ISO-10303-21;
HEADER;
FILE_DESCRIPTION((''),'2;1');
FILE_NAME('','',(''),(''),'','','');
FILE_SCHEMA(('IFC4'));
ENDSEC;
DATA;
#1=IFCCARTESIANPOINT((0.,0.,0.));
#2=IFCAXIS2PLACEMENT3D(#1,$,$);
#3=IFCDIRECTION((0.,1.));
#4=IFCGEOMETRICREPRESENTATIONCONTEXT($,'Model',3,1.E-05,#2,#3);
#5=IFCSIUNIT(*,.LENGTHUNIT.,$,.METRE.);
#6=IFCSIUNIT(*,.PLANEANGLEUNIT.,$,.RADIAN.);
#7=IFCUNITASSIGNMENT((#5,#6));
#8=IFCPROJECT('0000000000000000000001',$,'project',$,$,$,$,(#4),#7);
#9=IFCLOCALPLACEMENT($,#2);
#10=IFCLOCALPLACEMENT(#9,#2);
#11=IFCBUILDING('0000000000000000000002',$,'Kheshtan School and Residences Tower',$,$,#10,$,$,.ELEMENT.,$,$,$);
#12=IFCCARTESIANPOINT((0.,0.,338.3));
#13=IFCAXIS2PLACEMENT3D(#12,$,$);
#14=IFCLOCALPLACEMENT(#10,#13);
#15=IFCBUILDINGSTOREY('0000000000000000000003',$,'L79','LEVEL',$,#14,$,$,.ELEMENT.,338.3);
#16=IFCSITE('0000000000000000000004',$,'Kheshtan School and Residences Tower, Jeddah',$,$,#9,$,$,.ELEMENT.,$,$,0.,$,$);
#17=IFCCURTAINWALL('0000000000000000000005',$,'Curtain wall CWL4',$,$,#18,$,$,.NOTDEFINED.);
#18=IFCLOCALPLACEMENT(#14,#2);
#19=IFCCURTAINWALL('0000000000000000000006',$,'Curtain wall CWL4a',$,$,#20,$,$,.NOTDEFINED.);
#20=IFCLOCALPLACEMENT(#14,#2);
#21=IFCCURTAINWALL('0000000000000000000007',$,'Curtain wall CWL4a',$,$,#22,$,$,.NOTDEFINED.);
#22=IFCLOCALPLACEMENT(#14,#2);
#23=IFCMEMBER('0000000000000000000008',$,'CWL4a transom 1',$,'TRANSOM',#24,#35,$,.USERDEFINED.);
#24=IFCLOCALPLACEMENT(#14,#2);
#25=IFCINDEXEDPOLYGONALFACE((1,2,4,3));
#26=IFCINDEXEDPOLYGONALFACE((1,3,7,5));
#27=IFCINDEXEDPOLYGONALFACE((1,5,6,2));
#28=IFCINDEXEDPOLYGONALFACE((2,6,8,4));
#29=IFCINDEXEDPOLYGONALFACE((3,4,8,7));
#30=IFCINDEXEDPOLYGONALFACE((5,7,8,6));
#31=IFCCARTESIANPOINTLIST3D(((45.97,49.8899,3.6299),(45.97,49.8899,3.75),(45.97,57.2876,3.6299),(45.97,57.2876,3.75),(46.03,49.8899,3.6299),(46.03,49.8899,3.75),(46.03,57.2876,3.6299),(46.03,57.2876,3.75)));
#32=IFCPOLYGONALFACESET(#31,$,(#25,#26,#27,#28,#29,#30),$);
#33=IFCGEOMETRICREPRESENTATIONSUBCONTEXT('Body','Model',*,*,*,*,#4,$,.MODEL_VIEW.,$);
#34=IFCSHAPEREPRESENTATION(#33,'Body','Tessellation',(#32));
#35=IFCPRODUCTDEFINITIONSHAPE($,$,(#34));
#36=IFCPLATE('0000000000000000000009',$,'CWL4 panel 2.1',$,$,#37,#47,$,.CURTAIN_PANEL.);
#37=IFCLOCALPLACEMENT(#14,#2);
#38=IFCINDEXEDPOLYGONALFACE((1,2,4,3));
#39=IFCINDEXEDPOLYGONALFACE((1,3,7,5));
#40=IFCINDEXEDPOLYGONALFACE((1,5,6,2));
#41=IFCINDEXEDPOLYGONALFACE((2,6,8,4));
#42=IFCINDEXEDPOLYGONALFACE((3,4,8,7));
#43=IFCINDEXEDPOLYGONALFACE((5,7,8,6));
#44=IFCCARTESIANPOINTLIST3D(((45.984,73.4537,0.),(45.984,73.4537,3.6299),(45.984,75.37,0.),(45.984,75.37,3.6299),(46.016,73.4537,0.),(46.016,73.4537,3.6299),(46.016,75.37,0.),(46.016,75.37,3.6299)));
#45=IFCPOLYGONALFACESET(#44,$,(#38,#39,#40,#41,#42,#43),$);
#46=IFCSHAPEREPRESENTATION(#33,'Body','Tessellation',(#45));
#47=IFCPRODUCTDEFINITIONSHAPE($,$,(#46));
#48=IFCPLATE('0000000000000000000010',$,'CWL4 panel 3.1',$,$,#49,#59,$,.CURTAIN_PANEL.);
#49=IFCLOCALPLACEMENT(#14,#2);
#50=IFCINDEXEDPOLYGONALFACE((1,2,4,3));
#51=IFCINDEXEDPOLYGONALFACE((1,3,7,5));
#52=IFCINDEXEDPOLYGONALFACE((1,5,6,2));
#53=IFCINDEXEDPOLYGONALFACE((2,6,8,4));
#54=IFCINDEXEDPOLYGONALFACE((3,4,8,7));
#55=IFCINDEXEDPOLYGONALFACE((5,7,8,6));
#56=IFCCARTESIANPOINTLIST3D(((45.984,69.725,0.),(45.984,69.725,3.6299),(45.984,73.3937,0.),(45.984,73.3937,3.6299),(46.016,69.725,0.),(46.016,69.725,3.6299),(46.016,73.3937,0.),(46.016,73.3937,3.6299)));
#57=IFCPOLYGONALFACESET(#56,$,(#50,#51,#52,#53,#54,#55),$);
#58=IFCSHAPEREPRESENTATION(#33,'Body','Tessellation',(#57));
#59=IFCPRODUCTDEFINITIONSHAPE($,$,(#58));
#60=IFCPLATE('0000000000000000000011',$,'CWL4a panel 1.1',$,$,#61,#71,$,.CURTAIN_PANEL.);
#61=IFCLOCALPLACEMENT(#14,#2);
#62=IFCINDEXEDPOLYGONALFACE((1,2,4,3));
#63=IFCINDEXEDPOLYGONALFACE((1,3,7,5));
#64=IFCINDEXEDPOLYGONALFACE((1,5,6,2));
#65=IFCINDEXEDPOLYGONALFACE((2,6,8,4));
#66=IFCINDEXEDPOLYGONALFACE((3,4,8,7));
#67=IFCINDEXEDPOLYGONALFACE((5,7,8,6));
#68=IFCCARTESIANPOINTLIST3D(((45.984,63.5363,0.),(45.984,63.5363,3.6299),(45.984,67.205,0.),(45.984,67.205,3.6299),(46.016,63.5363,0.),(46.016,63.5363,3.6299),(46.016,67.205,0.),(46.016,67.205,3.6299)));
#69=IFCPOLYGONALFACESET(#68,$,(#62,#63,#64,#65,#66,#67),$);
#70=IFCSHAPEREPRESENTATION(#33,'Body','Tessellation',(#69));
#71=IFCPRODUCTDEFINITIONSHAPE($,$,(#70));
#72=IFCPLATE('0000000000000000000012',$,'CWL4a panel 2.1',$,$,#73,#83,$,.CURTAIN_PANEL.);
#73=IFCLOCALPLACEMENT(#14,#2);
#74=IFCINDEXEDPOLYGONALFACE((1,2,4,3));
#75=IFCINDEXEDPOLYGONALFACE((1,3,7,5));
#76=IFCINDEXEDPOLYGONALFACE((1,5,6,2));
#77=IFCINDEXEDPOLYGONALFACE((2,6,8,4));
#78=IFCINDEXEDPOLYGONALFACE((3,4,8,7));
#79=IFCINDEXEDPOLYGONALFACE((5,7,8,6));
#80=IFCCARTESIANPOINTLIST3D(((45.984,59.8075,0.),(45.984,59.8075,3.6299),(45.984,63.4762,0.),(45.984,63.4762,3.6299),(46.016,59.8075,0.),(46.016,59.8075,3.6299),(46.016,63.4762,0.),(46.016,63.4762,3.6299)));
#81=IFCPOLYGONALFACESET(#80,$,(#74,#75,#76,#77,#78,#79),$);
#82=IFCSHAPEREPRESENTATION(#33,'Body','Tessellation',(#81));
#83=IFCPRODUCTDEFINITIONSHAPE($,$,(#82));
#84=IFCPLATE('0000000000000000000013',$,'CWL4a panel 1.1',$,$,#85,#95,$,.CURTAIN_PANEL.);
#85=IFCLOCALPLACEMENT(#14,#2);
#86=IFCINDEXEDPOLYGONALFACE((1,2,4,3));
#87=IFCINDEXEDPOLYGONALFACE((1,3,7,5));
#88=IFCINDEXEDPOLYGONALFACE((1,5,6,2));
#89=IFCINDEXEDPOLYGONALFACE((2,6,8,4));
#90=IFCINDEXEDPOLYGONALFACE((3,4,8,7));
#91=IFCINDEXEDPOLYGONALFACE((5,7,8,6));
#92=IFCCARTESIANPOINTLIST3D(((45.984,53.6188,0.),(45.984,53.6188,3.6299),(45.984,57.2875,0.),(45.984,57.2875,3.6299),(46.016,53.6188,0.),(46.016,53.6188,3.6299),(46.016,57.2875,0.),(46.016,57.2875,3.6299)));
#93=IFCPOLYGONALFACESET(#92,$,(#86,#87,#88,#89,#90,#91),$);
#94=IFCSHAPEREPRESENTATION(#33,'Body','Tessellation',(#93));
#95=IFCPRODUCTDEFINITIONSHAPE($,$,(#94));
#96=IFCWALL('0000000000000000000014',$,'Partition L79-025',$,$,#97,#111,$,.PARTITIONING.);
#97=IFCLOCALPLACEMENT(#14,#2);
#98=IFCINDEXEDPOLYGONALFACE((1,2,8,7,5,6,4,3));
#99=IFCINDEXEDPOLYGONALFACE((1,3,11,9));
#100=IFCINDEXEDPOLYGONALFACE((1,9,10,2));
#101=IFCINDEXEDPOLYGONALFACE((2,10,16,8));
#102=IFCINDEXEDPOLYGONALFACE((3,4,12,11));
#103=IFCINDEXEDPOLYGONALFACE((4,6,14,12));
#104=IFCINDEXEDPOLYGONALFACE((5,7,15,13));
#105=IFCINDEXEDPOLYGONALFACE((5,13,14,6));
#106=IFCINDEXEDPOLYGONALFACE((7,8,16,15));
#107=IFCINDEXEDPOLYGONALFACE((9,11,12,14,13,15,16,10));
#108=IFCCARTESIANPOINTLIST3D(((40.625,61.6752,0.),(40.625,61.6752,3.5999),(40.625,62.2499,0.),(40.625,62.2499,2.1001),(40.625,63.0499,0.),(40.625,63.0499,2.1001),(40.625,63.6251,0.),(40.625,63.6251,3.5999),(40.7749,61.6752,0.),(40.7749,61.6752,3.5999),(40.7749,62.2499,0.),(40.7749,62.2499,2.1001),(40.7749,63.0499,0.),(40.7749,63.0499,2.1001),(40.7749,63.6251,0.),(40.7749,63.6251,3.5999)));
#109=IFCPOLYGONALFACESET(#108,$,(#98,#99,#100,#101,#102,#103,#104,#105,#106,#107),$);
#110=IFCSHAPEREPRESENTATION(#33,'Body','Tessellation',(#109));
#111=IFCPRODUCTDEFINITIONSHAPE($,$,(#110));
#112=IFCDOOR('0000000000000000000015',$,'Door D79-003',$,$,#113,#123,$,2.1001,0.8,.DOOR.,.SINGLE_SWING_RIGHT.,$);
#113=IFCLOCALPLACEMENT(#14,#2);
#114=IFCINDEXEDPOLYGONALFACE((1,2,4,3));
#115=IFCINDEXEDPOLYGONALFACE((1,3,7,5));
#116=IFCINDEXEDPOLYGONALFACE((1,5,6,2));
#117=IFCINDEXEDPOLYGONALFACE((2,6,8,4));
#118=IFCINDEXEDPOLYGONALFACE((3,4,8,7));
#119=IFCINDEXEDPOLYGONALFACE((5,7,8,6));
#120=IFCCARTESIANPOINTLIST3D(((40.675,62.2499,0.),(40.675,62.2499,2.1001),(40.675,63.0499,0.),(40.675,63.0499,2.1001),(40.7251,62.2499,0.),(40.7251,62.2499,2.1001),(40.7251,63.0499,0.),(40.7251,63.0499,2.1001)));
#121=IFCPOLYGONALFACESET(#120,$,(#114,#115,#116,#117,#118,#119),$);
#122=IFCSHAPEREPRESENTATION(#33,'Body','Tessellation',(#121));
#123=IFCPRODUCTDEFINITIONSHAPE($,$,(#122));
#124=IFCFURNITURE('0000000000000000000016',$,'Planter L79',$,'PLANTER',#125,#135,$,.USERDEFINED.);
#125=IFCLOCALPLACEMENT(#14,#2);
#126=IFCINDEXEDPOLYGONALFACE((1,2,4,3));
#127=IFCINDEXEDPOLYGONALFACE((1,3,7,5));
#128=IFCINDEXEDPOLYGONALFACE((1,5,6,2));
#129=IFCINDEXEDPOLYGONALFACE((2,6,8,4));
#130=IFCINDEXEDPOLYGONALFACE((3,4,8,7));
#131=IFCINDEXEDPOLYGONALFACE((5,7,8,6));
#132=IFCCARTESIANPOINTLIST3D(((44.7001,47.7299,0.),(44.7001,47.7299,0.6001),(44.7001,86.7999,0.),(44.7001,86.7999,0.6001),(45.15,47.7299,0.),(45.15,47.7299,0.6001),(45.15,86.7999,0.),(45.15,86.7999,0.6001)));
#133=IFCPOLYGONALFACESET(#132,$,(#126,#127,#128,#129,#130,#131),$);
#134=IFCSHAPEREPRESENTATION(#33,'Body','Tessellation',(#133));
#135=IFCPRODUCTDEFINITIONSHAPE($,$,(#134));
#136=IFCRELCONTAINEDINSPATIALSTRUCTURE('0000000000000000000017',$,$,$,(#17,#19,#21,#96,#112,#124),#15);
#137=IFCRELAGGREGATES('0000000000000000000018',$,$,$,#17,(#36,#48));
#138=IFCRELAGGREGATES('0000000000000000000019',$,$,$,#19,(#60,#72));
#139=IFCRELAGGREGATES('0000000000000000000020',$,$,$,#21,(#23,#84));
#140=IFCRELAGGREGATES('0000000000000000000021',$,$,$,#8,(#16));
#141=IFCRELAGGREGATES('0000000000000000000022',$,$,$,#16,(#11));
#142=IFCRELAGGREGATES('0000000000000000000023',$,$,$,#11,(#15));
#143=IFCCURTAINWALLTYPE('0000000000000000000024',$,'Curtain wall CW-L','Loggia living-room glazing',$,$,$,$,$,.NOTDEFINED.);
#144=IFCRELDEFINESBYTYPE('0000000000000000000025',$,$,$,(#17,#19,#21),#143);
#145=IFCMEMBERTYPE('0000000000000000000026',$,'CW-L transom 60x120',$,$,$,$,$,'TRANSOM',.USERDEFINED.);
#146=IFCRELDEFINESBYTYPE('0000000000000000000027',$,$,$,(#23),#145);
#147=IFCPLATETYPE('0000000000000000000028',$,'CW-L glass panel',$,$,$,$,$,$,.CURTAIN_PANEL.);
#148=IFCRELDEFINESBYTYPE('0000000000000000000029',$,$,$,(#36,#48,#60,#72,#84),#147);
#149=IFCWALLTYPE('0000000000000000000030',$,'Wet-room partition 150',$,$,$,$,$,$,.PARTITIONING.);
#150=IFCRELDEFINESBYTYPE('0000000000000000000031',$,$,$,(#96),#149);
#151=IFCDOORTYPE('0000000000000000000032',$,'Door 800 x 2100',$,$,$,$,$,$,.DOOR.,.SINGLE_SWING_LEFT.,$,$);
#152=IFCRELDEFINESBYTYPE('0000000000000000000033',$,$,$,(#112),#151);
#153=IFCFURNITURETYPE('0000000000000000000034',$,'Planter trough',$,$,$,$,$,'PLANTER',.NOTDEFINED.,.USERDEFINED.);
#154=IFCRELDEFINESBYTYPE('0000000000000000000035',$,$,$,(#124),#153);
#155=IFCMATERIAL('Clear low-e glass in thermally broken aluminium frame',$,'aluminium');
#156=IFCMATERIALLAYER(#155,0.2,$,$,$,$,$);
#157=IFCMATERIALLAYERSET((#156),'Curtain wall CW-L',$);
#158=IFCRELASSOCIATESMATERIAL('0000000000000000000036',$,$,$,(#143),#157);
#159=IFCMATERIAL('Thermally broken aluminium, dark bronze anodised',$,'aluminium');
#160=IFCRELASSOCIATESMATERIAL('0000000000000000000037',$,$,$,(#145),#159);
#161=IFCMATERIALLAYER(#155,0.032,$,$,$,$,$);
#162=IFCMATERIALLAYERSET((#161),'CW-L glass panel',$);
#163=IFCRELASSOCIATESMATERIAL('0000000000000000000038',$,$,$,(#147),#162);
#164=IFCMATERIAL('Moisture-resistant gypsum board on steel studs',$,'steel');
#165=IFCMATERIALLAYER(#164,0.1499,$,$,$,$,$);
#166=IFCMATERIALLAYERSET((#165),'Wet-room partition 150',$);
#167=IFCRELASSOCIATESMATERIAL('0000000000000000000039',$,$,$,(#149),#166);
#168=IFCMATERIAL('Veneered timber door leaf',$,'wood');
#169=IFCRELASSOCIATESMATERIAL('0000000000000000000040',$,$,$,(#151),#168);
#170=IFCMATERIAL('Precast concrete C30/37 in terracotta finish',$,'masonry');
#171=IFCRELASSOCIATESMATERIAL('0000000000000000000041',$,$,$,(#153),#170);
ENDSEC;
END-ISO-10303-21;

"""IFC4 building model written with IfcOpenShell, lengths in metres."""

from ifc_helpers import new_model, si_unit, direction, frame, frame_2d, origin, origin_2d, place, context, subcontext, project, spatial, rectangle, extrude, source, transform, mapped, material, layer, layer_set, material_profile, profile_set, type_object, element, fill, aggregate, save


model = new_model("IFC4")

# Units and contexts
model_context = context("Model", 3, precision=1e-05, world=origin(), true_north=direction((0.0, 1.0)))
body_context = subcontext(model_context, "Body", "Model", "MODEL_VIEW")
ifc_project = project(units=[si_unit("LENGTHUNIT", "METRE"), si_unit("PLANEANGLEUNIT", "RADIAN")], contexts=[model_context])

# Site, building, storey
site_placement = place(None, origin())
site = spatial("IfcSite", under=ifc_project, at=site_placement, Name="Kheshtan School and Residences Tower, Jeddah", CompositionType="ELEMENT", RefElevation=0.0)
building_placement = place(site_placement, origin())
building = spatial("IfcBuilding", under=site, at=building_placement, Name="Kheshtan School and Residences Tower", CompositionType="ELEMENT")
storey_placement = place(building_placement, frame((0.0, 0.0, 338.3)))
storey = spatial("IfcBuildingStorey", under=building, at=storey_placement, Name="L79", Description="LEVEL", CompositionType="ELEMENT", Elevation=338.3)

# Curtain walls
ifc_material_1 = material(Name="Clear low-e glass in thermally broken aluminium frame", Category="aluminium")
ifc_layer_1 = layer(ifc_material_1, 0.2)
ifc_layer_set_1 = layer_set([ifc_layer_1], Name="Curtain wall CW-L")
curtain_wall_type = type_object("IfcCurtainWallType", Name="Curtain wall CW-L", Description="Loggia living-room glazing", PredefinedType="NOTDEFINED", material=ifc_layer_set_1)
curtain_wall_1_placement = place(storey_placement, origin())
curtain_wall_1 = element("IfcCurtainWall", 1, at=curtain_wall_1_placement, inside=storey, type_object=curtain_wall_type, Name="Curtain wall CWL4", PredefinedType="NOTDEFINED")
ifc_material_2 = material(Name="Thermally broken aluminium, dark bronze anodised", Category="aluminium")
curtain_wall_2_placement = place(storey_placement, origin())
curtain_wall_2 = element("IfcCurtainWall", 2, at=curtain_wall_2_placement, inside=storey, type_object=curtain_wall_type, Name="Curtain wall CWL4a", PredefinedType="NOTDEFINED")

# Curtain wall
curtain_wall_3_placement = place(storey_placement, origin())
curtain_wall_3 = element("IfcCurtainWall", 3, at=curtain_wall_3_placement, inside=storey, type_object=curtain_wall_type, Name="Curtain wall CWL4a", PredefinedType="NOTDEFINED")

# Member
ifc_material_profile_1 = material_profile(ifc_material_2, rectangle(XDim=0.0601, YDim=0.1201, at=origin_2d()), Name="CW-L transom 60x120")
ifc_profile_set_1 = profile_set([ifc_material_profile_1], Name="Thermally broken aluminium, dark bronze anodised")
member_type_1 = type_object("IfcMemberType", Name="CW-L transom 60x120", ElementType="TRANSOM", PredefinedType="USERDEFINED", material=ifc_profile_set_1)
member_1_placement = place(storey_placement, frame((46.0, 57.2876, 3.6899), z_axis=(0.0, -1.0, 0.0), x_axis=(1.0, 0.0, 0.0)))
member_1 = element("IfcMember", 4, at=member_1_placement, type_object=member_type_1, Name="CWL4a transom 1", ObjectType="TRANSOM", PredefinedType="USERDEFINED", context=body_context, shape_type="SweptSolid", body=[
    extrude(rectangle(XDim=0.0601, YDim=0.1201, at=origin_2d()), origin(), (0.0, 0.0, 1.0), 7.3977),
])

# Plates
ifc_layer_2 = layer(ifc_material_1, 0.032)
ifc_layer_set_2 = layer_set([ifc_layer_2], Name="CW-L glass panel")
plate_type = type_object("IfcPlateType", Name="CW-L glass panel", PredefinedType="CURTAIN_PANEL", material=ifc_layer_set_2)
plate_1_placement = place(storey_placement, frame((46.0, 74.4119, 0.0), z_axis=(0.0, 0.0, 1.0), x_axis=(0.0, -1.0, 0.0)))
plate_1 = element("IfcPlate", 5, at=plate_1_placement, type_object=plate_type, Name="CWL4 panel 2.1", PredefinedType="CURTAIN_PANEL", context=body_context, shape_type="SweptSolid", body=[
    extrude(rectangle(XDim=1.9163, YDim=0.032, at=origin_2d()), origin(), (0.0, 0.0, 1.0), 3.6299),
])
plate_2_placement = place(storey_placement, frame((46.0, 71.5593, 0.0), z_axis=(0.0, 0.0, 1.0), x_axis=(0.0, -1.0, 0.0)))
plate_2 = element("IfcPlate", 6, at=plate_2_placement, type_object=plate_type, Name="CWL4 panel 3.1", PredefinedType="CURTAIN_PANEL", context=body_context, shape_type="SweptSolid", body=[
    extrude(rectangle(XDim=3.6687, YDim=0.032, at=origin_2d()), origin(), (0.0, 0.0, 1.0), 3.6299),
])
aggregate(curtain_wall_1, [plate_1, plate_2])
plate_3_placement = place(storey_placement, frame((46.0, 65.3706, 0.0), z_axis=(0.0, 0.0, 1.0), x_axis=(0.0, -1.0, 0.0)))
plate_3 = element("IfcPlate", 7, at=plate_3_placement, type_object=plate_type, Name="CWL4a panel 1.1", PredefinedType="CURTAIN_PANEL", context=body_context, shape_type="SweptSolid", body=[
    extrude(rectangle(XDim=3.6687, YDim=0.032, at=origin_2d()), origin(), (0.0, 0.0, 1.0), 3.6299),
])
plate_4_placement = place(storey_placement, frame((46.0, 61.6418, 0.0), z_axis=(0.0, 0.0, 1.0), x_axis=(0.0, -1.0, 0.0)))
plate_4 = element("IfcPlate", 8, at=plate_4_placement, type_object=plate_type, Name="CWL4a panel 2.1", PredefinedType="CURTAIN_PANEL", context=body_context, shape_type="SweptSolid", body=[
    extrude(rectangle(XDim=3.6687, YDim=0.032, at=origin_2d()), origin(), (0.0, 0.0, 1.0), 3.6299),
])
aggregate(curtain_wall_2, [plate_3, plate_4])
plate_5_placement = place(storey_placement, frame((46.0, 55.4531, 0.0), z_axis=(0.0, 0.0, 1.0), x_axis=(0.0, -1.0, 0.0)))
plate_5 = element("IfcPlate", 9, at=plate_5_placement, type_object=plate_type, Name="CWL4a panel 1.1", PredefinedType="CURTAIN_PANEL", context=body_context, shape_type="SweptSolid", body=[
    extrude(rectangle(XDim=3.6687, YDim=0.032, at=origin_2d()), origin(), (0.0, 0.0, 1.0), 3.6299),
])
aggregate(curtain_wall_3, [member_1, plate_5])

# Wall, opening, door
ifc_material_3 = material(Name="Moisture-resistant gypsum board on steel studs", Category="steel")
ifc_layer_3 = layer(ifc_material_3, 0.1499)
ifc_layer_set_3 = layer_set([ifc_layer_3], Name="Wet-room partition 150")
wall_type_1 = type_object("IfcWallType", Name="Wet-room partition 150", PredefinedType="PARTITIONING", material=ifc_layer_set_3)
wall_1_placement = place(storey_placement, frame((40.7, 61.675, 0.0), z_axis=(0.0, 0.0, 1.0), x_axis=(0.0, 1.0, 0.0)))
wall_1 = element("IfcWall", 10, at=wall_1_placement, inside=storey, type_object=wall_type_1, Name="Partition L79-025", PredefinedType="PARTITIONING", context=body_context, shape_type="SweptSolid", body=[
    extrude(rectangle(XDim=1.95, YDim=0.1499, at=frame_2d((0.9751, 0.0))), origin(), (0.0, 0.0, 1.0), 3.5999),
])
opening_1_placement = place(wall_1_placement, frame((0.575, 0.0, 0.0)))
opening_1 = element("IfcOpeningElement", 11, at=opening_1_placement, cuts=wall_1, PredefinedType="OPENING", context=body_context, shape_type="SweptSolid", body=[
    extrude(rectangle(XDim=0.8, YDim=2.1001, at=frame_2d((0.3999, 1.05))), frame((0.0, 0.085, 0.0), z_axis=(0.0, -1.0, 0.0), x_axis=(1.0, 0.0, 0.0)), (0.0, 0.0, 1.0), 0.1699),
])
ifc_material_4 = material(Name="Veneered timber door leaf", Category="wood")
door_type_1 = type_object("IfcDoorType", Name="Door 800 x 2100", OperationType="SINGLE_SWING_LEFT", PredefinedType="DOOR", material=ifc_material_4)
shared_shape_1 = source(origin(), body_context, "Body", "SweptSolid", [
    extrude(rectangle(XDim=0.8, YDim=2.1001, at=frame_2d((0.3999, 1.05))), frame((0.0, 0.0249, 0.0), z_axis=(0.0, -1.0, 0.0), x_axis=(1.0, 0.0, 0.0)), (0.0, 0.0, 1.0), 0.05),
])
door_1_placement = place(opening_1_placement, origin())
door_1 = element("IfcDoor", 12, at=door_1_placement, inside=storey, type_object=door_type_1, Name="Door D79-003", OperationType="SINGLE_SWING_RIGHT", OverallHeight=2.1001, OverallWidth=0.8, PredefinedType="DOOR", context=body_context, shape_type="MappedRepresentation", body=[
    mapped(shared_shape_1, transform((0.0, 0.0, 0.0), x_axis=(1.0, 0.0, 0.0), y_axis=(0.0, 1.0, 0.0), z_axis=(0.0, 0.0, 1.0), scale=1.0)),
])
fill(opening_1, door_1)

# Furniture
ifc_material_5 = material(Name="Precast concrete C30/37 in terracotta finish", Category="masonry")
furniture_type = type_object("IfcFurnitureType", Name="Planter trough", ElementType="PLANTER", AssemblyPlace="NOTDEFINED", PredefinedType="USERDEFINED", material=ifc_material_5)
furniture_placement = place(storey_placement, frame((44.925, 67.2649, 0.0), z_axis=(0.0, 0.0, 1.0), x_axis=(0.0, -1.0, 0.0)))
element("IfcFurniture", 13, at=furniture_placement, inside=storey, type_object=furniture_type, Name="Planter L79", ObjectType="PLANTER", PredefinedType="USERDEFINED", context=body_context, shape_type="SweptSolid", body=[
    extrude(rectangle(XDim=39.0701, YDim=0.45, at=origin_2d()), origin(), (0.0, 0.0, 1.0), 0.6001),
])

save(model, "model.ifc")
